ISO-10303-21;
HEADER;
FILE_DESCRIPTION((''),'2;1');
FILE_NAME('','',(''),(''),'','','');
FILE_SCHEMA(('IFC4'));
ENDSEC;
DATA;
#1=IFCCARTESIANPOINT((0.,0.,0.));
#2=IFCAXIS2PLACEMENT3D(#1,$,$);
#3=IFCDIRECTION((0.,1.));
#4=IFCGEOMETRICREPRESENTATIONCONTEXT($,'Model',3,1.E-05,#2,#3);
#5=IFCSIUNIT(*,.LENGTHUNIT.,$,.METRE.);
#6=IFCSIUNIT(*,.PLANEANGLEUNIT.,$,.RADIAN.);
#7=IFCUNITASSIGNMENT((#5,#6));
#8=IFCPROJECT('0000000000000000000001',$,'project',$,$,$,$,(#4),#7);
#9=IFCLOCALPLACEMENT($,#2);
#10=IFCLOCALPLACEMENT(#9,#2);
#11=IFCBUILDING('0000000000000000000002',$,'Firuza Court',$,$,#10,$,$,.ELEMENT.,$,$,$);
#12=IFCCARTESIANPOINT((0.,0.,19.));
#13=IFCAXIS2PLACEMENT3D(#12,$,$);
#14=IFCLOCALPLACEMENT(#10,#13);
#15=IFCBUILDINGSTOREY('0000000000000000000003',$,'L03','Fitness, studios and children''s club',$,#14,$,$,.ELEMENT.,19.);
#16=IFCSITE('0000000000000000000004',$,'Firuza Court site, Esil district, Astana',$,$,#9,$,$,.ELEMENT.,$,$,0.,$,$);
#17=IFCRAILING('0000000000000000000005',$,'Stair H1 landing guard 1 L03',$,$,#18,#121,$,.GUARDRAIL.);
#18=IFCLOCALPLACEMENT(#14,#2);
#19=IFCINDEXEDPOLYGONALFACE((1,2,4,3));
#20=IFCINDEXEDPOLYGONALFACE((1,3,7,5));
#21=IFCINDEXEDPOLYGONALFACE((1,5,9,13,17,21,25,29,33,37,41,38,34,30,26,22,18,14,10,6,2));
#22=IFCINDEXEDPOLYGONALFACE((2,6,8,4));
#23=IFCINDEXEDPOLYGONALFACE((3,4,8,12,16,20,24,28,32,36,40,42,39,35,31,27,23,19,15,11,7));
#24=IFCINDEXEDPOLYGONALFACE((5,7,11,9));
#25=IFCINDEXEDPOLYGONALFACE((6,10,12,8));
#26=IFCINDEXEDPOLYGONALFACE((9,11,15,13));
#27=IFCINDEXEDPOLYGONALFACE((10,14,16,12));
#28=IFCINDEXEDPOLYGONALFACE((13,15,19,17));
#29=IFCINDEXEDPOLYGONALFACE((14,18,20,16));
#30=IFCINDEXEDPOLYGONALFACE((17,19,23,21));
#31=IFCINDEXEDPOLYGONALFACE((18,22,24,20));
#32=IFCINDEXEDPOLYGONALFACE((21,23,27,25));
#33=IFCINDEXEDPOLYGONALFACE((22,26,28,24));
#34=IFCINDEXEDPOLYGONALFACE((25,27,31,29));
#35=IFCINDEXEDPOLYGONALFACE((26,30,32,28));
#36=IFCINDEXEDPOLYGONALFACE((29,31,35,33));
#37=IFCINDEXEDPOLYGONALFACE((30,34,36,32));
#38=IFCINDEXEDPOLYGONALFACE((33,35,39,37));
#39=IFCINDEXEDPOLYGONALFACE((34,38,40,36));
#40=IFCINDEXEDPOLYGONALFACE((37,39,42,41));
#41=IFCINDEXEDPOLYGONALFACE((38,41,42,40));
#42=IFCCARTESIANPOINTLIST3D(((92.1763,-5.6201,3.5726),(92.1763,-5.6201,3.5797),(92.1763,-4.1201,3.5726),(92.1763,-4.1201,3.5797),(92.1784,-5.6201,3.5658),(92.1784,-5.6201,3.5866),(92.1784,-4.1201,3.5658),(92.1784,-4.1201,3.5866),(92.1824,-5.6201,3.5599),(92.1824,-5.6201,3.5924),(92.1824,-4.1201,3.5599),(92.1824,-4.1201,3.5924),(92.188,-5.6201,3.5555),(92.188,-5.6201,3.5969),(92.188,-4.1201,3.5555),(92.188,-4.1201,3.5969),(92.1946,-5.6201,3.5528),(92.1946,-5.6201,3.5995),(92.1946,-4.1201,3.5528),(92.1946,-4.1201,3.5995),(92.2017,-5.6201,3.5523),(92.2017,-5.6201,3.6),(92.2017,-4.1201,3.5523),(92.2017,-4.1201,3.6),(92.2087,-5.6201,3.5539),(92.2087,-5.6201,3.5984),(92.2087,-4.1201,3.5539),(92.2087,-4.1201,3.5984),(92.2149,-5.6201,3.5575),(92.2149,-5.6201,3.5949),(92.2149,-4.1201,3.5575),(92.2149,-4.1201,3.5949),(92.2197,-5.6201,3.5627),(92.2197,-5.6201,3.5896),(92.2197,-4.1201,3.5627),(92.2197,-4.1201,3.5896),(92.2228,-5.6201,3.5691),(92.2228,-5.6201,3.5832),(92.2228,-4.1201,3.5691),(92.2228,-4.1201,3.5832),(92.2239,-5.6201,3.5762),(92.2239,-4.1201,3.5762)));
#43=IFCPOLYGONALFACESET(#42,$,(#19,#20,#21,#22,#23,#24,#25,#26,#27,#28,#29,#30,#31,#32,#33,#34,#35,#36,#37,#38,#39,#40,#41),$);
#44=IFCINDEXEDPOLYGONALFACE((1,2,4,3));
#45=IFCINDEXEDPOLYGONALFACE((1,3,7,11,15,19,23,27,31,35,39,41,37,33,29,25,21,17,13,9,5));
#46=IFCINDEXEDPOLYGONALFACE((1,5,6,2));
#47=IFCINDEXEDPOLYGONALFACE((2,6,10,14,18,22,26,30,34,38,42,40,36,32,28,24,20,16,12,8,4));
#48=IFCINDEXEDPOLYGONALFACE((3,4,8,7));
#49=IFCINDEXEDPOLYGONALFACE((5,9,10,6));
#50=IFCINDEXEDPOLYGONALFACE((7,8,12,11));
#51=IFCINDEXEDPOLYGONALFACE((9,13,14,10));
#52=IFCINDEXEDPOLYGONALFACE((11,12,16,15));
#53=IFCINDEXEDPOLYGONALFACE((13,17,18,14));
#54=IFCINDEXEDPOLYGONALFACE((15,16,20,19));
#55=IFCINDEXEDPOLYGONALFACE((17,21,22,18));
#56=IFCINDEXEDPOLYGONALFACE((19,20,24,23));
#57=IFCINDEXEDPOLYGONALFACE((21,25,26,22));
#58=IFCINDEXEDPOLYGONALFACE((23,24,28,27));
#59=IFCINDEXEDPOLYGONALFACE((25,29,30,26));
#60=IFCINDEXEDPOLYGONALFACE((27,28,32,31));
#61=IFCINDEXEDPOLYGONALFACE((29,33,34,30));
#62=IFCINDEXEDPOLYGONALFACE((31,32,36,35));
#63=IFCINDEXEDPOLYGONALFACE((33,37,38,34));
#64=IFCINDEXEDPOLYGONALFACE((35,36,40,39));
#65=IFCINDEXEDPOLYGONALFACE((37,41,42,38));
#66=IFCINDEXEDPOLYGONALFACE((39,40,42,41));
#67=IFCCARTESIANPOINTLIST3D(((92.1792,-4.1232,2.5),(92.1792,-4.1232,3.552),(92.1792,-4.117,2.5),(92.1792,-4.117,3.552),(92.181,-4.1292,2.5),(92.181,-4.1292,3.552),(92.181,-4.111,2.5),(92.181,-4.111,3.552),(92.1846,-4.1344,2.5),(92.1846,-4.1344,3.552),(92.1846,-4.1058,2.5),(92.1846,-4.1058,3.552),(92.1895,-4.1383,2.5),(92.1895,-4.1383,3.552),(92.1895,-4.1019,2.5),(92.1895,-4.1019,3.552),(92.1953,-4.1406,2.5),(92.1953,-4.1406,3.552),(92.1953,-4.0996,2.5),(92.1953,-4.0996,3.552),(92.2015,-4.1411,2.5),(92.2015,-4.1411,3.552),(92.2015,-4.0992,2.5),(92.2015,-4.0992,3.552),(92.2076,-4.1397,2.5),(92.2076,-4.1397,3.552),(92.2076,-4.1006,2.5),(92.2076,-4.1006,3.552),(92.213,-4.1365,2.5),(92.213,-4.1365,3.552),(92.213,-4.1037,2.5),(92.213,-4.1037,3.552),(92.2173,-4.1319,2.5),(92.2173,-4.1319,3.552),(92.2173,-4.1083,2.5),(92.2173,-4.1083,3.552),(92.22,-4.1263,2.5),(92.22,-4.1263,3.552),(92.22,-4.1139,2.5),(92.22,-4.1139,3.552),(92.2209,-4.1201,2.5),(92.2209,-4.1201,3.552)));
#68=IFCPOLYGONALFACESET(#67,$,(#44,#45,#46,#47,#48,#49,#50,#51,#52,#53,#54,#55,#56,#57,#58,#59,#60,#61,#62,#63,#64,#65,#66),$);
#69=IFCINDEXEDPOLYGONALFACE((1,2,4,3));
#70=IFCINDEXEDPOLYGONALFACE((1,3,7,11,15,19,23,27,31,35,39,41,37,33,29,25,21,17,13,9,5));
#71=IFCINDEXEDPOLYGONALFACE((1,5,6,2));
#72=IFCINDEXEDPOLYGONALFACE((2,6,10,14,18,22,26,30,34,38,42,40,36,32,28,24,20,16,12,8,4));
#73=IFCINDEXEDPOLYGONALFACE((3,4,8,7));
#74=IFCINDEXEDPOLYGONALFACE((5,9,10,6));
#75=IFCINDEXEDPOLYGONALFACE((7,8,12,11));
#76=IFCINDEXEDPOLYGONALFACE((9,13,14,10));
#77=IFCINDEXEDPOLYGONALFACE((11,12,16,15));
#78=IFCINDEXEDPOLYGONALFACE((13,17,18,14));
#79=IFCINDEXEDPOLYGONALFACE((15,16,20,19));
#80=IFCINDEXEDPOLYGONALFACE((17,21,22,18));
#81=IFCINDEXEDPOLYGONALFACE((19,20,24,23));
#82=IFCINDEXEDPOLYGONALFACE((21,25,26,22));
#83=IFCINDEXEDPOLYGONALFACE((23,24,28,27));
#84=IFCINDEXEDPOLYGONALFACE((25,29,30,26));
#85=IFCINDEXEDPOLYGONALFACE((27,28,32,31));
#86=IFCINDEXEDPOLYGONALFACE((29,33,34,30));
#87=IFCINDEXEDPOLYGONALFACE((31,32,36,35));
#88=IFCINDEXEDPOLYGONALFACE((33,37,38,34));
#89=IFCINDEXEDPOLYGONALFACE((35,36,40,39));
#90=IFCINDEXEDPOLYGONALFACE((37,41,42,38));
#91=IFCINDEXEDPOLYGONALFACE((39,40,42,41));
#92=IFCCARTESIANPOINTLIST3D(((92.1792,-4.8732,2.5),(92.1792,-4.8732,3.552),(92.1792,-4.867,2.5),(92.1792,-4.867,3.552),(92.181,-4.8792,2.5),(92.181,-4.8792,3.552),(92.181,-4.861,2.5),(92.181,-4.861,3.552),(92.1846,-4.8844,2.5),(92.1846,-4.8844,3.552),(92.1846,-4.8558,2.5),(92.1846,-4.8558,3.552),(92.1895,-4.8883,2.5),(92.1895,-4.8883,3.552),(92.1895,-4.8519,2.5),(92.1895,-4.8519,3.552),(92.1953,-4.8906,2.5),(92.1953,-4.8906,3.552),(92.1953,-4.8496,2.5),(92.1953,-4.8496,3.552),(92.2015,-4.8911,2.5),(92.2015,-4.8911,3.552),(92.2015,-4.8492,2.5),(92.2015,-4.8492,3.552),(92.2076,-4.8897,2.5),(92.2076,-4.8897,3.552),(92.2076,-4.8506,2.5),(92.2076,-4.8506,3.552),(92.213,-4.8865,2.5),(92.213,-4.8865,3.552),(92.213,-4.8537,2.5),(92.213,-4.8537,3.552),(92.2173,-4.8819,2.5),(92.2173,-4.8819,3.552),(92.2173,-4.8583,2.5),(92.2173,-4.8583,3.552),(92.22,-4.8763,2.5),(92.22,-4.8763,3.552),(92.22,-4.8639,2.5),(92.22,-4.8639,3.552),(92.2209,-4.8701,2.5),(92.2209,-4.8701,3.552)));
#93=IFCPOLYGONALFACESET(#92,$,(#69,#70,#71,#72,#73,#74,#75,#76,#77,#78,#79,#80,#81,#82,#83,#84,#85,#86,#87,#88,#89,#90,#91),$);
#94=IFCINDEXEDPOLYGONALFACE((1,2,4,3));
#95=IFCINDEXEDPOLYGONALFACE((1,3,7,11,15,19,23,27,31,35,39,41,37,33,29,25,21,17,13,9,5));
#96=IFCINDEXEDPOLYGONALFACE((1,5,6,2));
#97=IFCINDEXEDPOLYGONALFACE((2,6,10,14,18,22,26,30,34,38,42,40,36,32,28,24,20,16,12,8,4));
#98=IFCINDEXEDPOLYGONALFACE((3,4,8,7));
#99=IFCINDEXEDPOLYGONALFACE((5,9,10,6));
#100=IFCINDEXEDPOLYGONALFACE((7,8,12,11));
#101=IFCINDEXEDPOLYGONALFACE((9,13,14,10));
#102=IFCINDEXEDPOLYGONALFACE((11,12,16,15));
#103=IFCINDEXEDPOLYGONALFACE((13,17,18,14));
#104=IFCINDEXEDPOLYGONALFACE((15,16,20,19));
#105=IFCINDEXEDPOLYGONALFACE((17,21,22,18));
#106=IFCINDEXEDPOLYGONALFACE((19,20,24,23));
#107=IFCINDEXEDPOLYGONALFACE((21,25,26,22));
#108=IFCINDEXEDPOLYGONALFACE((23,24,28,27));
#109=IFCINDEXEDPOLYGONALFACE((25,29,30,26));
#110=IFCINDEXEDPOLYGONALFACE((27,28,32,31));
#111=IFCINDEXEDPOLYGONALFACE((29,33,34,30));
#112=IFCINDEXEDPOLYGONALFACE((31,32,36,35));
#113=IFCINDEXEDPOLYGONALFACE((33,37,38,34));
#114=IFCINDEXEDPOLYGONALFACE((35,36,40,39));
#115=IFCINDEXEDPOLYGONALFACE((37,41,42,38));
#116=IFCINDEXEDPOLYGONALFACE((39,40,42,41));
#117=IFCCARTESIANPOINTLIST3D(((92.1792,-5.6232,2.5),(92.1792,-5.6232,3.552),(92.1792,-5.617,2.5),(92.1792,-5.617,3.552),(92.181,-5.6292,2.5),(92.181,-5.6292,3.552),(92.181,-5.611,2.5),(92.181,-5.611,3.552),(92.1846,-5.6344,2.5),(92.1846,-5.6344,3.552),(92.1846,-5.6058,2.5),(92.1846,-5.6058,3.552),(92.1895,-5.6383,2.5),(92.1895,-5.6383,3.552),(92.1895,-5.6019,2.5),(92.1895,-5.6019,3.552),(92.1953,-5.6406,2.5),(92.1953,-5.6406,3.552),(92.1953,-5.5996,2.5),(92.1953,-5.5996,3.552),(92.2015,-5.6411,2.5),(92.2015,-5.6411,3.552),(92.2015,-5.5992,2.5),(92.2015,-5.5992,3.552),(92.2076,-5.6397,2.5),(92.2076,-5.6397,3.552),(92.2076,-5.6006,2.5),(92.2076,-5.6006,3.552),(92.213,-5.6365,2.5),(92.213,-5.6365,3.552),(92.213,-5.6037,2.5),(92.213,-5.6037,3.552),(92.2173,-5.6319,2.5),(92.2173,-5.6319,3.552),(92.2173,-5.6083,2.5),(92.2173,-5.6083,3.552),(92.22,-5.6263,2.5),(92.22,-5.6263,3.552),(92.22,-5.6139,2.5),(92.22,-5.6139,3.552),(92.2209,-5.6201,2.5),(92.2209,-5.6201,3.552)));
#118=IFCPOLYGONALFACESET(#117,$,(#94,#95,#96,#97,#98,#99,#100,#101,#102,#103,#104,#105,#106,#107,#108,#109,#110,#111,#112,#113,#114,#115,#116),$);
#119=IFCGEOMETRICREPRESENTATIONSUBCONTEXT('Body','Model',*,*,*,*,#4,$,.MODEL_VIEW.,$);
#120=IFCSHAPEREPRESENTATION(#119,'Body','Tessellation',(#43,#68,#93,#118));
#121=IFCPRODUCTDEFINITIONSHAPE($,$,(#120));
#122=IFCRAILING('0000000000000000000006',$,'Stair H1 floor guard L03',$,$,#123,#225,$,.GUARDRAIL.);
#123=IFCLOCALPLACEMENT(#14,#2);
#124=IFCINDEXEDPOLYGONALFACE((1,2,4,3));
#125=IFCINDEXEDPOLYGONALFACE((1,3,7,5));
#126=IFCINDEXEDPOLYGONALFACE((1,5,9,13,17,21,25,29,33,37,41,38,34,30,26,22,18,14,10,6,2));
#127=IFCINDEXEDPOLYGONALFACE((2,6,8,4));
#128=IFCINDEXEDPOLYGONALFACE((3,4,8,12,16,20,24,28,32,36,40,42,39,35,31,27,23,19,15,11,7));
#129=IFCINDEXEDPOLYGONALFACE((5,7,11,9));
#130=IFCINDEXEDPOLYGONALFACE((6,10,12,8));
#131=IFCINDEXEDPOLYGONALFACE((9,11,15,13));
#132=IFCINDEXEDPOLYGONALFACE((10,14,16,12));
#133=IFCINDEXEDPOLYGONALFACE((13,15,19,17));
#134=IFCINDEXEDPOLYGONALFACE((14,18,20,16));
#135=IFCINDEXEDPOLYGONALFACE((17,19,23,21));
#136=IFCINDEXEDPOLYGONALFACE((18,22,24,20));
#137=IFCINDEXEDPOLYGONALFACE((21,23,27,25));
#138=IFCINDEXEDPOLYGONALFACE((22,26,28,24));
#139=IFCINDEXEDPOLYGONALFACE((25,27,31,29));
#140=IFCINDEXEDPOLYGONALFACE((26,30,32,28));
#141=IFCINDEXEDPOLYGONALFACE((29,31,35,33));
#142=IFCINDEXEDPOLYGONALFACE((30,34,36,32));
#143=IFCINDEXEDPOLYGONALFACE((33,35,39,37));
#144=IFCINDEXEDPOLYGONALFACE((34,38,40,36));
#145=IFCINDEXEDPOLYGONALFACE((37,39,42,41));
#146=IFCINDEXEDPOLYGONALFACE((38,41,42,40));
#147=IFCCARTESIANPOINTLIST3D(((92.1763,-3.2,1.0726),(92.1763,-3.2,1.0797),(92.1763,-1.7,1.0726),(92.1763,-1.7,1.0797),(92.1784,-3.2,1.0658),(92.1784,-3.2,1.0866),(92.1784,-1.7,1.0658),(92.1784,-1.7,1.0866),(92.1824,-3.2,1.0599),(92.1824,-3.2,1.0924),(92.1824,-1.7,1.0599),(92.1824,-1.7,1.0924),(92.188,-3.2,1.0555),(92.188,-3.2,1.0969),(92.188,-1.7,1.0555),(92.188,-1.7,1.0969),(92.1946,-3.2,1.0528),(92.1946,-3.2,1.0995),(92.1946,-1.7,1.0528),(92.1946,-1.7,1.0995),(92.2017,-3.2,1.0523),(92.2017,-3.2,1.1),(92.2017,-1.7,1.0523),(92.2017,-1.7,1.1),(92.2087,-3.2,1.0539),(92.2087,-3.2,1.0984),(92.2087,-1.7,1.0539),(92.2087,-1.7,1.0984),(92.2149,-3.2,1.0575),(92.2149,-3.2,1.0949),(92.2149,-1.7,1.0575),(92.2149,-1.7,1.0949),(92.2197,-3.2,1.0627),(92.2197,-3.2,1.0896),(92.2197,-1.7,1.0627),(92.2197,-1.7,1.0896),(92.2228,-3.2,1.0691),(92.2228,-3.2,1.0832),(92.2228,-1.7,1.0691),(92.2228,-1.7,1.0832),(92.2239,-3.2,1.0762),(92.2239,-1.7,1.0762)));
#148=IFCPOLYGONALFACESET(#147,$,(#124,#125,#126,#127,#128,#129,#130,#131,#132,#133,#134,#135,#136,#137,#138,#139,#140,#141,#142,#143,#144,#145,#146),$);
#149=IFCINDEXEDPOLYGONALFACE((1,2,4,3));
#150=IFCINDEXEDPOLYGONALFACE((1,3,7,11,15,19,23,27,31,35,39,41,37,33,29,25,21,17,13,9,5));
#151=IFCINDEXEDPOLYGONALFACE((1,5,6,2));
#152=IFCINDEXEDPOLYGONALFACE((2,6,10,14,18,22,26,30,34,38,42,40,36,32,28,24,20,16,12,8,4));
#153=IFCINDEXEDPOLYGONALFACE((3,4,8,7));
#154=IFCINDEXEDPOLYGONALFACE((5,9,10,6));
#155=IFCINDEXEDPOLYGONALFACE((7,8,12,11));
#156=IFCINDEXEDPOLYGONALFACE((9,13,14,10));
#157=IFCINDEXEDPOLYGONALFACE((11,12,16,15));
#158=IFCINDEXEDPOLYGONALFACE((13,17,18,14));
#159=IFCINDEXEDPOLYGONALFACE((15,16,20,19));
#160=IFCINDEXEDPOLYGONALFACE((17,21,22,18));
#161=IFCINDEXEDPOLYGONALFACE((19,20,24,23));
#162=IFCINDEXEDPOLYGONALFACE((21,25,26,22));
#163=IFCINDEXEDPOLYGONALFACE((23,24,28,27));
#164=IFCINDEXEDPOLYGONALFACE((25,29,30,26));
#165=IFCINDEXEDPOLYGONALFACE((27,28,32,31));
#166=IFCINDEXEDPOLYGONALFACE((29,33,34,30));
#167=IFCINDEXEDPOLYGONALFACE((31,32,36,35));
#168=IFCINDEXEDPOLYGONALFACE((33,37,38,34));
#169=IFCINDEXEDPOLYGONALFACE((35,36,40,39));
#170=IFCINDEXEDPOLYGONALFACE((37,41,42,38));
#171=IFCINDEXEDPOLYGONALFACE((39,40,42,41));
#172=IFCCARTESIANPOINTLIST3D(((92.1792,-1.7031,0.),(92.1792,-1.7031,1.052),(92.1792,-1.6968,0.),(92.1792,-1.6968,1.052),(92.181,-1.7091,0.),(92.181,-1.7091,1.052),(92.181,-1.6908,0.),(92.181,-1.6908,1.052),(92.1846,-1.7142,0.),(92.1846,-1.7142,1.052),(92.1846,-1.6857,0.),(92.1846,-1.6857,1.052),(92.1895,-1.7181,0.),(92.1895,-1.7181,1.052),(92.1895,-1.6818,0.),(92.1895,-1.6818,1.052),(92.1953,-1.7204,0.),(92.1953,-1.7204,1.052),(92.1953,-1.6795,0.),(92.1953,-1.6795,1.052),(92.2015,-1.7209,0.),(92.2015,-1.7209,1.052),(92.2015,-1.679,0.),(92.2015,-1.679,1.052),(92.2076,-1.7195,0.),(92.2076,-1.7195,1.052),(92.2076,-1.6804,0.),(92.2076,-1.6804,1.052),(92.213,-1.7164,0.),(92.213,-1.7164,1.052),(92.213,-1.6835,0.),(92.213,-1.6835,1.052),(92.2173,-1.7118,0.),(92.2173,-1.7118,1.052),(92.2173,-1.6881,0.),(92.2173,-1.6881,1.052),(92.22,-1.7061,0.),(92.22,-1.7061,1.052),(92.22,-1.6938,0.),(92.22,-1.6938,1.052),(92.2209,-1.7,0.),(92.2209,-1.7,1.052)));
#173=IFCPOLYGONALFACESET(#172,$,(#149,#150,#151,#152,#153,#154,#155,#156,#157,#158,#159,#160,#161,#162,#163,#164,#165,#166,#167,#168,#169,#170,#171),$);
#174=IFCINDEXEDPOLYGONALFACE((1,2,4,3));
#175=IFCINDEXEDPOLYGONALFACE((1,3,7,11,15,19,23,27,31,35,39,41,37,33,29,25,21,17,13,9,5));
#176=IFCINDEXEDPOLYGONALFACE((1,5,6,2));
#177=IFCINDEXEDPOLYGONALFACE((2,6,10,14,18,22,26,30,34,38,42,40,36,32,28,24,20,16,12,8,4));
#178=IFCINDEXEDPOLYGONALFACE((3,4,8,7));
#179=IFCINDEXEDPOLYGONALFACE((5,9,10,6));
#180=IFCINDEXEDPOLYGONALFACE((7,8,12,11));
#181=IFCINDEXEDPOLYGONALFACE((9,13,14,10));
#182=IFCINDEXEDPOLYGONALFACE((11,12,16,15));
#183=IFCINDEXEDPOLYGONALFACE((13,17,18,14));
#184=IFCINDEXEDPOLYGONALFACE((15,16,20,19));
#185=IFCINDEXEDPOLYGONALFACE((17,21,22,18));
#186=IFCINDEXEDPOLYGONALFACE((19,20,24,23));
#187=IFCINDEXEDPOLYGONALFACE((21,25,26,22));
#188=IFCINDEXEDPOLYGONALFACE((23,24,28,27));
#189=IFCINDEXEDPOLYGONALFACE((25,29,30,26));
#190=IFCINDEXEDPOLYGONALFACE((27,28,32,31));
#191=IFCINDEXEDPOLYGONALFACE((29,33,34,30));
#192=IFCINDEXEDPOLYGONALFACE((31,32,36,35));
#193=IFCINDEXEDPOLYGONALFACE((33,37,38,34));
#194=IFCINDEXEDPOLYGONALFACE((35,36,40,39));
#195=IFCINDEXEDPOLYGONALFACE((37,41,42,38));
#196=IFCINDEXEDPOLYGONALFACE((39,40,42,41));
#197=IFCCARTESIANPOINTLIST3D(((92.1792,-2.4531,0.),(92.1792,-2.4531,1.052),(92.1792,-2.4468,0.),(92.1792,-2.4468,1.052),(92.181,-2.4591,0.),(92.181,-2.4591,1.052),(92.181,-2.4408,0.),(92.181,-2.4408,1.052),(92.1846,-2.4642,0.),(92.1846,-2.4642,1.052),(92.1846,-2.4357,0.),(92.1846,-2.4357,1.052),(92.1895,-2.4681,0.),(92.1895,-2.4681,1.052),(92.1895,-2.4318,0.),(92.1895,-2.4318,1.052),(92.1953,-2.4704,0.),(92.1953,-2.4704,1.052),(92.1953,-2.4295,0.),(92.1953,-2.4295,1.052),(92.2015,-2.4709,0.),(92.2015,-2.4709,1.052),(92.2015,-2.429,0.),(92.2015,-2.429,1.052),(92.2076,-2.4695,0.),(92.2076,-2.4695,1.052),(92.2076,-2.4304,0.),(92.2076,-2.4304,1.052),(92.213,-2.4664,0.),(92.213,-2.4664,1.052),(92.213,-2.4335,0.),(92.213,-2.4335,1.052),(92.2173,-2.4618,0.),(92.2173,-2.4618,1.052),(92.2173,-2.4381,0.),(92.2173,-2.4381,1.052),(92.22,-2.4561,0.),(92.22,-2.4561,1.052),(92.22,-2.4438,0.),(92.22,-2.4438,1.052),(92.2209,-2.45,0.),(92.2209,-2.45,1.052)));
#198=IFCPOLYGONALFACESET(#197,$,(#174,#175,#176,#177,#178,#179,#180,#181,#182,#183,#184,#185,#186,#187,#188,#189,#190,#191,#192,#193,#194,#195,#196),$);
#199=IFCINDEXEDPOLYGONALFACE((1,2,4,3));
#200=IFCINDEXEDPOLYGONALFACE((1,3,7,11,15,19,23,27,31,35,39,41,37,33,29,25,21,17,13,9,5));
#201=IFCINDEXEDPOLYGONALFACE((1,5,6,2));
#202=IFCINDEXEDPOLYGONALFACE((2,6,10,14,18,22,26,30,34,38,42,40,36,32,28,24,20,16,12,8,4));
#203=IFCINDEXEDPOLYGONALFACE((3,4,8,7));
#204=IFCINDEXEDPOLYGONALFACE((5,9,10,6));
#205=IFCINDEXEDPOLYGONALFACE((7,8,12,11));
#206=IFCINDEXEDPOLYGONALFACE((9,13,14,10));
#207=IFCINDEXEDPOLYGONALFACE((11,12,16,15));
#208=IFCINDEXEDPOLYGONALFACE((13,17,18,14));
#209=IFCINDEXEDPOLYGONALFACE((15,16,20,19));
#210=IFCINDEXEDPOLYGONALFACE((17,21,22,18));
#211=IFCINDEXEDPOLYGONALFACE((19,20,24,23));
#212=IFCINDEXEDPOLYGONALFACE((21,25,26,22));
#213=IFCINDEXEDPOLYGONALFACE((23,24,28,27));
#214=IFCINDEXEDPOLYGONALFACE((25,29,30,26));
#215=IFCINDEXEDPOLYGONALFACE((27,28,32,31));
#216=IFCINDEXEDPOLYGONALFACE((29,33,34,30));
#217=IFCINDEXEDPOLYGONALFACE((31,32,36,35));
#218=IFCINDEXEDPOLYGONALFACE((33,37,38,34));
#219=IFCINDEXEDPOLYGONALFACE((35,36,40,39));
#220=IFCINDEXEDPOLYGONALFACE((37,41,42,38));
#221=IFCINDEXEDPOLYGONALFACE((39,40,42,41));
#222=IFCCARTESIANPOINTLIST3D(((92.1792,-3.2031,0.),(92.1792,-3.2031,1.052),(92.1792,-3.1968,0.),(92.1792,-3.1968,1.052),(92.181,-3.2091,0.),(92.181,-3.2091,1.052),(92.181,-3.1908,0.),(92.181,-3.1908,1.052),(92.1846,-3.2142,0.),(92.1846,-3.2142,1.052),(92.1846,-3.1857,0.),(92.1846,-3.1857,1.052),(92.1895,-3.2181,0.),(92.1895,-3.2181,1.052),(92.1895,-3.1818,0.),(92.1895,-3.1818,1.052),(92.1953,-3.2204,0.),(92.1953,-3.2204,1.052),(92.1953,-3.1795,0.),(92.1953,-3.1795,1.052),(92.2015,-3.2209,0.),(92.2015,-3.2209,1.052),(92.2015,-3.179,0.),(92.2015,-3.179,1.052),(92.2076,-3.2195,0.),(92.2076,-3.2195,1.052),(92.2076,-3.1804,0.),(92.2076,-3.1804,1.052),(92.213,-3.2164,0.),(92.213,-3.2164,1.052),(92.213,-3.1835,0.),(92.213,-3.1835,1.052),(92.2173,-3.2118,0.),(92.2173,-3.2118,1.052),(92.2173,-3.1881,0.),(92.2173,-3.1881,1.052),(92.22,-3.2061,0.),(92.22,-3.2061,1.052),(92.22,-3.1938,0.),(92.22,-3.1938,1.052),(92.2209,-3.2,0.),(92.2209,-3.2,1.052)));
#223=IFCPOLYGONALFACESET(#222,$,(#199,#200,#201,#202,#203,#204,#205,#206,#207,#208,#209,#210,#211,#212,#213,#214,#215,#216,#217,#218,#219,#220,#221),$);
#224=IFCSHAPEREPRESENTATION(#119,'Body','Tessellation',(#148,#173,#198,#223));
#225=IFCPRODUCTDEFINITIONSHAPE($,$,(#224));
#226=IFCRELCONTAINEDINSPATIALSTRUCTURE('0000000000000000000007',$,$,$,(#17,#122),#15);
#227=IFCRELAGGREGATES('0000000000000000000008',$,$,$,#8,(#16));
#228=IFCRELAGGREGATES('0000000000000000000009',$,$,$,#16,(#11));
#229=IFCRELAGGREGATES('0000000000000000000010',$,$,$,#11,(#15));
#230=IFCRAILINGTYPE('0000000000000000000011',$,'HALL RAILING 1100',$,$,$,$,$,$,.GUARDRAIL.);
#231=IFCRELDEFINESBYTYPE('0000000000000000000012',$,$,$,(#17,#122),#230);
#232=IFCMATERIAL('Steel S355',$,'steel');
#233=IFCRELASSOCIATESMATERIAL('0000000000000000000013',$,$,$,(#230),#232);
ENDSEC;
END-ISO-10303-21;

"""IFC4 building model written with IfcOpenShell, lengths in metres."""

from ifc_helpers import new_model, si_unit, direction, frame, origin, origin_2d, place, context, subcontext, project, spatial, circle, extrude, material, type_object, element, save


model = new_model("IFC4")

# Units and contexts
model_context = context("Model", 3, precision=1e-05, world=origin(), true_north=direction((0.0, 1.0)))
body_context = subcontext(model_context, "Body", "Model", "MODEL_VIEW")
ifc_project = project(units=[si_unit("LENGTHUNIT", "METRE"), si_unit("PLANEANGLEUNIT", "RADIAN")], contexts=[model_context])

# Site, building, storey
site_placement = place(None, origin())
site = spatial("IfcSite", under=ifc_project, at=site_placement, Name="Firuza Court site, Esil district, Astana", CompositionType="ELEMENT", RefElevation=0.0)
building_placement = place(site_placement, origin())
building = spatial("IfcBuilding", under=site, at=building_placement, Name="Firuza Court", CompositionType="ELEMENT")
storey_placement = place(building_placement, frame((0.0, 0.0, 19.0)))
storey = spatial("IfcBuildingStorey", under=building, at=storey_placement, Name="L03", Description="Fitness, studios and children's club", CompositionType="ELEMENT", Elevation=19.0)

# Railings
ifc_material_1 = material(Name="Steel S355", Category="steel")
railing_type_1 = type_object("IfcRailingType", Name="HALL RAILING 1100", PredefinedType="GUARDRAIL", material=ifc_material_1)
for number, where, name in (
    (1, (92.2, -4.1201, 2.5), "Stair H1 landing guard 1 L03"),
    (2, (92.2, -1.7, 0.0), "Stair H1 floor guard L03"),
):
    element("IfcRailing", number, at=place(storey_placement, frame(where)), inside=storey, type_object=railing_type_1, Name=name, PredefinedType="GUARDRAIL", context=body_context, shape_type="SweptSolid", body=[
        extrude(circle(Radius=0.0239, at=origin_2d()), frame((0.0, 0.0, 1.0762), z_axis=(0.0, -1.0, 0.0), x_axis=(1.0, 0.0, 0.0)), (0.0, 0.0, 1.0), 1.5),
        extrude(circle(Radius=0.021, at=origin_2d()), origin(), (0.0, 0.0, 1.0), 1.052),
        extrude(circle(Radius=0.021, at=origin_2d()), frame((0.0, -0.75, 0.0)), (0.0, 0.0, 1.0), 1.052),
        extrude(circle(Radius=0.021, at=origin_2d()), frame((0.0, -1.5, 0.0)), (0.0, 0.0, 1.0), 1.052),
    ])

save(model, "model.ifc")
